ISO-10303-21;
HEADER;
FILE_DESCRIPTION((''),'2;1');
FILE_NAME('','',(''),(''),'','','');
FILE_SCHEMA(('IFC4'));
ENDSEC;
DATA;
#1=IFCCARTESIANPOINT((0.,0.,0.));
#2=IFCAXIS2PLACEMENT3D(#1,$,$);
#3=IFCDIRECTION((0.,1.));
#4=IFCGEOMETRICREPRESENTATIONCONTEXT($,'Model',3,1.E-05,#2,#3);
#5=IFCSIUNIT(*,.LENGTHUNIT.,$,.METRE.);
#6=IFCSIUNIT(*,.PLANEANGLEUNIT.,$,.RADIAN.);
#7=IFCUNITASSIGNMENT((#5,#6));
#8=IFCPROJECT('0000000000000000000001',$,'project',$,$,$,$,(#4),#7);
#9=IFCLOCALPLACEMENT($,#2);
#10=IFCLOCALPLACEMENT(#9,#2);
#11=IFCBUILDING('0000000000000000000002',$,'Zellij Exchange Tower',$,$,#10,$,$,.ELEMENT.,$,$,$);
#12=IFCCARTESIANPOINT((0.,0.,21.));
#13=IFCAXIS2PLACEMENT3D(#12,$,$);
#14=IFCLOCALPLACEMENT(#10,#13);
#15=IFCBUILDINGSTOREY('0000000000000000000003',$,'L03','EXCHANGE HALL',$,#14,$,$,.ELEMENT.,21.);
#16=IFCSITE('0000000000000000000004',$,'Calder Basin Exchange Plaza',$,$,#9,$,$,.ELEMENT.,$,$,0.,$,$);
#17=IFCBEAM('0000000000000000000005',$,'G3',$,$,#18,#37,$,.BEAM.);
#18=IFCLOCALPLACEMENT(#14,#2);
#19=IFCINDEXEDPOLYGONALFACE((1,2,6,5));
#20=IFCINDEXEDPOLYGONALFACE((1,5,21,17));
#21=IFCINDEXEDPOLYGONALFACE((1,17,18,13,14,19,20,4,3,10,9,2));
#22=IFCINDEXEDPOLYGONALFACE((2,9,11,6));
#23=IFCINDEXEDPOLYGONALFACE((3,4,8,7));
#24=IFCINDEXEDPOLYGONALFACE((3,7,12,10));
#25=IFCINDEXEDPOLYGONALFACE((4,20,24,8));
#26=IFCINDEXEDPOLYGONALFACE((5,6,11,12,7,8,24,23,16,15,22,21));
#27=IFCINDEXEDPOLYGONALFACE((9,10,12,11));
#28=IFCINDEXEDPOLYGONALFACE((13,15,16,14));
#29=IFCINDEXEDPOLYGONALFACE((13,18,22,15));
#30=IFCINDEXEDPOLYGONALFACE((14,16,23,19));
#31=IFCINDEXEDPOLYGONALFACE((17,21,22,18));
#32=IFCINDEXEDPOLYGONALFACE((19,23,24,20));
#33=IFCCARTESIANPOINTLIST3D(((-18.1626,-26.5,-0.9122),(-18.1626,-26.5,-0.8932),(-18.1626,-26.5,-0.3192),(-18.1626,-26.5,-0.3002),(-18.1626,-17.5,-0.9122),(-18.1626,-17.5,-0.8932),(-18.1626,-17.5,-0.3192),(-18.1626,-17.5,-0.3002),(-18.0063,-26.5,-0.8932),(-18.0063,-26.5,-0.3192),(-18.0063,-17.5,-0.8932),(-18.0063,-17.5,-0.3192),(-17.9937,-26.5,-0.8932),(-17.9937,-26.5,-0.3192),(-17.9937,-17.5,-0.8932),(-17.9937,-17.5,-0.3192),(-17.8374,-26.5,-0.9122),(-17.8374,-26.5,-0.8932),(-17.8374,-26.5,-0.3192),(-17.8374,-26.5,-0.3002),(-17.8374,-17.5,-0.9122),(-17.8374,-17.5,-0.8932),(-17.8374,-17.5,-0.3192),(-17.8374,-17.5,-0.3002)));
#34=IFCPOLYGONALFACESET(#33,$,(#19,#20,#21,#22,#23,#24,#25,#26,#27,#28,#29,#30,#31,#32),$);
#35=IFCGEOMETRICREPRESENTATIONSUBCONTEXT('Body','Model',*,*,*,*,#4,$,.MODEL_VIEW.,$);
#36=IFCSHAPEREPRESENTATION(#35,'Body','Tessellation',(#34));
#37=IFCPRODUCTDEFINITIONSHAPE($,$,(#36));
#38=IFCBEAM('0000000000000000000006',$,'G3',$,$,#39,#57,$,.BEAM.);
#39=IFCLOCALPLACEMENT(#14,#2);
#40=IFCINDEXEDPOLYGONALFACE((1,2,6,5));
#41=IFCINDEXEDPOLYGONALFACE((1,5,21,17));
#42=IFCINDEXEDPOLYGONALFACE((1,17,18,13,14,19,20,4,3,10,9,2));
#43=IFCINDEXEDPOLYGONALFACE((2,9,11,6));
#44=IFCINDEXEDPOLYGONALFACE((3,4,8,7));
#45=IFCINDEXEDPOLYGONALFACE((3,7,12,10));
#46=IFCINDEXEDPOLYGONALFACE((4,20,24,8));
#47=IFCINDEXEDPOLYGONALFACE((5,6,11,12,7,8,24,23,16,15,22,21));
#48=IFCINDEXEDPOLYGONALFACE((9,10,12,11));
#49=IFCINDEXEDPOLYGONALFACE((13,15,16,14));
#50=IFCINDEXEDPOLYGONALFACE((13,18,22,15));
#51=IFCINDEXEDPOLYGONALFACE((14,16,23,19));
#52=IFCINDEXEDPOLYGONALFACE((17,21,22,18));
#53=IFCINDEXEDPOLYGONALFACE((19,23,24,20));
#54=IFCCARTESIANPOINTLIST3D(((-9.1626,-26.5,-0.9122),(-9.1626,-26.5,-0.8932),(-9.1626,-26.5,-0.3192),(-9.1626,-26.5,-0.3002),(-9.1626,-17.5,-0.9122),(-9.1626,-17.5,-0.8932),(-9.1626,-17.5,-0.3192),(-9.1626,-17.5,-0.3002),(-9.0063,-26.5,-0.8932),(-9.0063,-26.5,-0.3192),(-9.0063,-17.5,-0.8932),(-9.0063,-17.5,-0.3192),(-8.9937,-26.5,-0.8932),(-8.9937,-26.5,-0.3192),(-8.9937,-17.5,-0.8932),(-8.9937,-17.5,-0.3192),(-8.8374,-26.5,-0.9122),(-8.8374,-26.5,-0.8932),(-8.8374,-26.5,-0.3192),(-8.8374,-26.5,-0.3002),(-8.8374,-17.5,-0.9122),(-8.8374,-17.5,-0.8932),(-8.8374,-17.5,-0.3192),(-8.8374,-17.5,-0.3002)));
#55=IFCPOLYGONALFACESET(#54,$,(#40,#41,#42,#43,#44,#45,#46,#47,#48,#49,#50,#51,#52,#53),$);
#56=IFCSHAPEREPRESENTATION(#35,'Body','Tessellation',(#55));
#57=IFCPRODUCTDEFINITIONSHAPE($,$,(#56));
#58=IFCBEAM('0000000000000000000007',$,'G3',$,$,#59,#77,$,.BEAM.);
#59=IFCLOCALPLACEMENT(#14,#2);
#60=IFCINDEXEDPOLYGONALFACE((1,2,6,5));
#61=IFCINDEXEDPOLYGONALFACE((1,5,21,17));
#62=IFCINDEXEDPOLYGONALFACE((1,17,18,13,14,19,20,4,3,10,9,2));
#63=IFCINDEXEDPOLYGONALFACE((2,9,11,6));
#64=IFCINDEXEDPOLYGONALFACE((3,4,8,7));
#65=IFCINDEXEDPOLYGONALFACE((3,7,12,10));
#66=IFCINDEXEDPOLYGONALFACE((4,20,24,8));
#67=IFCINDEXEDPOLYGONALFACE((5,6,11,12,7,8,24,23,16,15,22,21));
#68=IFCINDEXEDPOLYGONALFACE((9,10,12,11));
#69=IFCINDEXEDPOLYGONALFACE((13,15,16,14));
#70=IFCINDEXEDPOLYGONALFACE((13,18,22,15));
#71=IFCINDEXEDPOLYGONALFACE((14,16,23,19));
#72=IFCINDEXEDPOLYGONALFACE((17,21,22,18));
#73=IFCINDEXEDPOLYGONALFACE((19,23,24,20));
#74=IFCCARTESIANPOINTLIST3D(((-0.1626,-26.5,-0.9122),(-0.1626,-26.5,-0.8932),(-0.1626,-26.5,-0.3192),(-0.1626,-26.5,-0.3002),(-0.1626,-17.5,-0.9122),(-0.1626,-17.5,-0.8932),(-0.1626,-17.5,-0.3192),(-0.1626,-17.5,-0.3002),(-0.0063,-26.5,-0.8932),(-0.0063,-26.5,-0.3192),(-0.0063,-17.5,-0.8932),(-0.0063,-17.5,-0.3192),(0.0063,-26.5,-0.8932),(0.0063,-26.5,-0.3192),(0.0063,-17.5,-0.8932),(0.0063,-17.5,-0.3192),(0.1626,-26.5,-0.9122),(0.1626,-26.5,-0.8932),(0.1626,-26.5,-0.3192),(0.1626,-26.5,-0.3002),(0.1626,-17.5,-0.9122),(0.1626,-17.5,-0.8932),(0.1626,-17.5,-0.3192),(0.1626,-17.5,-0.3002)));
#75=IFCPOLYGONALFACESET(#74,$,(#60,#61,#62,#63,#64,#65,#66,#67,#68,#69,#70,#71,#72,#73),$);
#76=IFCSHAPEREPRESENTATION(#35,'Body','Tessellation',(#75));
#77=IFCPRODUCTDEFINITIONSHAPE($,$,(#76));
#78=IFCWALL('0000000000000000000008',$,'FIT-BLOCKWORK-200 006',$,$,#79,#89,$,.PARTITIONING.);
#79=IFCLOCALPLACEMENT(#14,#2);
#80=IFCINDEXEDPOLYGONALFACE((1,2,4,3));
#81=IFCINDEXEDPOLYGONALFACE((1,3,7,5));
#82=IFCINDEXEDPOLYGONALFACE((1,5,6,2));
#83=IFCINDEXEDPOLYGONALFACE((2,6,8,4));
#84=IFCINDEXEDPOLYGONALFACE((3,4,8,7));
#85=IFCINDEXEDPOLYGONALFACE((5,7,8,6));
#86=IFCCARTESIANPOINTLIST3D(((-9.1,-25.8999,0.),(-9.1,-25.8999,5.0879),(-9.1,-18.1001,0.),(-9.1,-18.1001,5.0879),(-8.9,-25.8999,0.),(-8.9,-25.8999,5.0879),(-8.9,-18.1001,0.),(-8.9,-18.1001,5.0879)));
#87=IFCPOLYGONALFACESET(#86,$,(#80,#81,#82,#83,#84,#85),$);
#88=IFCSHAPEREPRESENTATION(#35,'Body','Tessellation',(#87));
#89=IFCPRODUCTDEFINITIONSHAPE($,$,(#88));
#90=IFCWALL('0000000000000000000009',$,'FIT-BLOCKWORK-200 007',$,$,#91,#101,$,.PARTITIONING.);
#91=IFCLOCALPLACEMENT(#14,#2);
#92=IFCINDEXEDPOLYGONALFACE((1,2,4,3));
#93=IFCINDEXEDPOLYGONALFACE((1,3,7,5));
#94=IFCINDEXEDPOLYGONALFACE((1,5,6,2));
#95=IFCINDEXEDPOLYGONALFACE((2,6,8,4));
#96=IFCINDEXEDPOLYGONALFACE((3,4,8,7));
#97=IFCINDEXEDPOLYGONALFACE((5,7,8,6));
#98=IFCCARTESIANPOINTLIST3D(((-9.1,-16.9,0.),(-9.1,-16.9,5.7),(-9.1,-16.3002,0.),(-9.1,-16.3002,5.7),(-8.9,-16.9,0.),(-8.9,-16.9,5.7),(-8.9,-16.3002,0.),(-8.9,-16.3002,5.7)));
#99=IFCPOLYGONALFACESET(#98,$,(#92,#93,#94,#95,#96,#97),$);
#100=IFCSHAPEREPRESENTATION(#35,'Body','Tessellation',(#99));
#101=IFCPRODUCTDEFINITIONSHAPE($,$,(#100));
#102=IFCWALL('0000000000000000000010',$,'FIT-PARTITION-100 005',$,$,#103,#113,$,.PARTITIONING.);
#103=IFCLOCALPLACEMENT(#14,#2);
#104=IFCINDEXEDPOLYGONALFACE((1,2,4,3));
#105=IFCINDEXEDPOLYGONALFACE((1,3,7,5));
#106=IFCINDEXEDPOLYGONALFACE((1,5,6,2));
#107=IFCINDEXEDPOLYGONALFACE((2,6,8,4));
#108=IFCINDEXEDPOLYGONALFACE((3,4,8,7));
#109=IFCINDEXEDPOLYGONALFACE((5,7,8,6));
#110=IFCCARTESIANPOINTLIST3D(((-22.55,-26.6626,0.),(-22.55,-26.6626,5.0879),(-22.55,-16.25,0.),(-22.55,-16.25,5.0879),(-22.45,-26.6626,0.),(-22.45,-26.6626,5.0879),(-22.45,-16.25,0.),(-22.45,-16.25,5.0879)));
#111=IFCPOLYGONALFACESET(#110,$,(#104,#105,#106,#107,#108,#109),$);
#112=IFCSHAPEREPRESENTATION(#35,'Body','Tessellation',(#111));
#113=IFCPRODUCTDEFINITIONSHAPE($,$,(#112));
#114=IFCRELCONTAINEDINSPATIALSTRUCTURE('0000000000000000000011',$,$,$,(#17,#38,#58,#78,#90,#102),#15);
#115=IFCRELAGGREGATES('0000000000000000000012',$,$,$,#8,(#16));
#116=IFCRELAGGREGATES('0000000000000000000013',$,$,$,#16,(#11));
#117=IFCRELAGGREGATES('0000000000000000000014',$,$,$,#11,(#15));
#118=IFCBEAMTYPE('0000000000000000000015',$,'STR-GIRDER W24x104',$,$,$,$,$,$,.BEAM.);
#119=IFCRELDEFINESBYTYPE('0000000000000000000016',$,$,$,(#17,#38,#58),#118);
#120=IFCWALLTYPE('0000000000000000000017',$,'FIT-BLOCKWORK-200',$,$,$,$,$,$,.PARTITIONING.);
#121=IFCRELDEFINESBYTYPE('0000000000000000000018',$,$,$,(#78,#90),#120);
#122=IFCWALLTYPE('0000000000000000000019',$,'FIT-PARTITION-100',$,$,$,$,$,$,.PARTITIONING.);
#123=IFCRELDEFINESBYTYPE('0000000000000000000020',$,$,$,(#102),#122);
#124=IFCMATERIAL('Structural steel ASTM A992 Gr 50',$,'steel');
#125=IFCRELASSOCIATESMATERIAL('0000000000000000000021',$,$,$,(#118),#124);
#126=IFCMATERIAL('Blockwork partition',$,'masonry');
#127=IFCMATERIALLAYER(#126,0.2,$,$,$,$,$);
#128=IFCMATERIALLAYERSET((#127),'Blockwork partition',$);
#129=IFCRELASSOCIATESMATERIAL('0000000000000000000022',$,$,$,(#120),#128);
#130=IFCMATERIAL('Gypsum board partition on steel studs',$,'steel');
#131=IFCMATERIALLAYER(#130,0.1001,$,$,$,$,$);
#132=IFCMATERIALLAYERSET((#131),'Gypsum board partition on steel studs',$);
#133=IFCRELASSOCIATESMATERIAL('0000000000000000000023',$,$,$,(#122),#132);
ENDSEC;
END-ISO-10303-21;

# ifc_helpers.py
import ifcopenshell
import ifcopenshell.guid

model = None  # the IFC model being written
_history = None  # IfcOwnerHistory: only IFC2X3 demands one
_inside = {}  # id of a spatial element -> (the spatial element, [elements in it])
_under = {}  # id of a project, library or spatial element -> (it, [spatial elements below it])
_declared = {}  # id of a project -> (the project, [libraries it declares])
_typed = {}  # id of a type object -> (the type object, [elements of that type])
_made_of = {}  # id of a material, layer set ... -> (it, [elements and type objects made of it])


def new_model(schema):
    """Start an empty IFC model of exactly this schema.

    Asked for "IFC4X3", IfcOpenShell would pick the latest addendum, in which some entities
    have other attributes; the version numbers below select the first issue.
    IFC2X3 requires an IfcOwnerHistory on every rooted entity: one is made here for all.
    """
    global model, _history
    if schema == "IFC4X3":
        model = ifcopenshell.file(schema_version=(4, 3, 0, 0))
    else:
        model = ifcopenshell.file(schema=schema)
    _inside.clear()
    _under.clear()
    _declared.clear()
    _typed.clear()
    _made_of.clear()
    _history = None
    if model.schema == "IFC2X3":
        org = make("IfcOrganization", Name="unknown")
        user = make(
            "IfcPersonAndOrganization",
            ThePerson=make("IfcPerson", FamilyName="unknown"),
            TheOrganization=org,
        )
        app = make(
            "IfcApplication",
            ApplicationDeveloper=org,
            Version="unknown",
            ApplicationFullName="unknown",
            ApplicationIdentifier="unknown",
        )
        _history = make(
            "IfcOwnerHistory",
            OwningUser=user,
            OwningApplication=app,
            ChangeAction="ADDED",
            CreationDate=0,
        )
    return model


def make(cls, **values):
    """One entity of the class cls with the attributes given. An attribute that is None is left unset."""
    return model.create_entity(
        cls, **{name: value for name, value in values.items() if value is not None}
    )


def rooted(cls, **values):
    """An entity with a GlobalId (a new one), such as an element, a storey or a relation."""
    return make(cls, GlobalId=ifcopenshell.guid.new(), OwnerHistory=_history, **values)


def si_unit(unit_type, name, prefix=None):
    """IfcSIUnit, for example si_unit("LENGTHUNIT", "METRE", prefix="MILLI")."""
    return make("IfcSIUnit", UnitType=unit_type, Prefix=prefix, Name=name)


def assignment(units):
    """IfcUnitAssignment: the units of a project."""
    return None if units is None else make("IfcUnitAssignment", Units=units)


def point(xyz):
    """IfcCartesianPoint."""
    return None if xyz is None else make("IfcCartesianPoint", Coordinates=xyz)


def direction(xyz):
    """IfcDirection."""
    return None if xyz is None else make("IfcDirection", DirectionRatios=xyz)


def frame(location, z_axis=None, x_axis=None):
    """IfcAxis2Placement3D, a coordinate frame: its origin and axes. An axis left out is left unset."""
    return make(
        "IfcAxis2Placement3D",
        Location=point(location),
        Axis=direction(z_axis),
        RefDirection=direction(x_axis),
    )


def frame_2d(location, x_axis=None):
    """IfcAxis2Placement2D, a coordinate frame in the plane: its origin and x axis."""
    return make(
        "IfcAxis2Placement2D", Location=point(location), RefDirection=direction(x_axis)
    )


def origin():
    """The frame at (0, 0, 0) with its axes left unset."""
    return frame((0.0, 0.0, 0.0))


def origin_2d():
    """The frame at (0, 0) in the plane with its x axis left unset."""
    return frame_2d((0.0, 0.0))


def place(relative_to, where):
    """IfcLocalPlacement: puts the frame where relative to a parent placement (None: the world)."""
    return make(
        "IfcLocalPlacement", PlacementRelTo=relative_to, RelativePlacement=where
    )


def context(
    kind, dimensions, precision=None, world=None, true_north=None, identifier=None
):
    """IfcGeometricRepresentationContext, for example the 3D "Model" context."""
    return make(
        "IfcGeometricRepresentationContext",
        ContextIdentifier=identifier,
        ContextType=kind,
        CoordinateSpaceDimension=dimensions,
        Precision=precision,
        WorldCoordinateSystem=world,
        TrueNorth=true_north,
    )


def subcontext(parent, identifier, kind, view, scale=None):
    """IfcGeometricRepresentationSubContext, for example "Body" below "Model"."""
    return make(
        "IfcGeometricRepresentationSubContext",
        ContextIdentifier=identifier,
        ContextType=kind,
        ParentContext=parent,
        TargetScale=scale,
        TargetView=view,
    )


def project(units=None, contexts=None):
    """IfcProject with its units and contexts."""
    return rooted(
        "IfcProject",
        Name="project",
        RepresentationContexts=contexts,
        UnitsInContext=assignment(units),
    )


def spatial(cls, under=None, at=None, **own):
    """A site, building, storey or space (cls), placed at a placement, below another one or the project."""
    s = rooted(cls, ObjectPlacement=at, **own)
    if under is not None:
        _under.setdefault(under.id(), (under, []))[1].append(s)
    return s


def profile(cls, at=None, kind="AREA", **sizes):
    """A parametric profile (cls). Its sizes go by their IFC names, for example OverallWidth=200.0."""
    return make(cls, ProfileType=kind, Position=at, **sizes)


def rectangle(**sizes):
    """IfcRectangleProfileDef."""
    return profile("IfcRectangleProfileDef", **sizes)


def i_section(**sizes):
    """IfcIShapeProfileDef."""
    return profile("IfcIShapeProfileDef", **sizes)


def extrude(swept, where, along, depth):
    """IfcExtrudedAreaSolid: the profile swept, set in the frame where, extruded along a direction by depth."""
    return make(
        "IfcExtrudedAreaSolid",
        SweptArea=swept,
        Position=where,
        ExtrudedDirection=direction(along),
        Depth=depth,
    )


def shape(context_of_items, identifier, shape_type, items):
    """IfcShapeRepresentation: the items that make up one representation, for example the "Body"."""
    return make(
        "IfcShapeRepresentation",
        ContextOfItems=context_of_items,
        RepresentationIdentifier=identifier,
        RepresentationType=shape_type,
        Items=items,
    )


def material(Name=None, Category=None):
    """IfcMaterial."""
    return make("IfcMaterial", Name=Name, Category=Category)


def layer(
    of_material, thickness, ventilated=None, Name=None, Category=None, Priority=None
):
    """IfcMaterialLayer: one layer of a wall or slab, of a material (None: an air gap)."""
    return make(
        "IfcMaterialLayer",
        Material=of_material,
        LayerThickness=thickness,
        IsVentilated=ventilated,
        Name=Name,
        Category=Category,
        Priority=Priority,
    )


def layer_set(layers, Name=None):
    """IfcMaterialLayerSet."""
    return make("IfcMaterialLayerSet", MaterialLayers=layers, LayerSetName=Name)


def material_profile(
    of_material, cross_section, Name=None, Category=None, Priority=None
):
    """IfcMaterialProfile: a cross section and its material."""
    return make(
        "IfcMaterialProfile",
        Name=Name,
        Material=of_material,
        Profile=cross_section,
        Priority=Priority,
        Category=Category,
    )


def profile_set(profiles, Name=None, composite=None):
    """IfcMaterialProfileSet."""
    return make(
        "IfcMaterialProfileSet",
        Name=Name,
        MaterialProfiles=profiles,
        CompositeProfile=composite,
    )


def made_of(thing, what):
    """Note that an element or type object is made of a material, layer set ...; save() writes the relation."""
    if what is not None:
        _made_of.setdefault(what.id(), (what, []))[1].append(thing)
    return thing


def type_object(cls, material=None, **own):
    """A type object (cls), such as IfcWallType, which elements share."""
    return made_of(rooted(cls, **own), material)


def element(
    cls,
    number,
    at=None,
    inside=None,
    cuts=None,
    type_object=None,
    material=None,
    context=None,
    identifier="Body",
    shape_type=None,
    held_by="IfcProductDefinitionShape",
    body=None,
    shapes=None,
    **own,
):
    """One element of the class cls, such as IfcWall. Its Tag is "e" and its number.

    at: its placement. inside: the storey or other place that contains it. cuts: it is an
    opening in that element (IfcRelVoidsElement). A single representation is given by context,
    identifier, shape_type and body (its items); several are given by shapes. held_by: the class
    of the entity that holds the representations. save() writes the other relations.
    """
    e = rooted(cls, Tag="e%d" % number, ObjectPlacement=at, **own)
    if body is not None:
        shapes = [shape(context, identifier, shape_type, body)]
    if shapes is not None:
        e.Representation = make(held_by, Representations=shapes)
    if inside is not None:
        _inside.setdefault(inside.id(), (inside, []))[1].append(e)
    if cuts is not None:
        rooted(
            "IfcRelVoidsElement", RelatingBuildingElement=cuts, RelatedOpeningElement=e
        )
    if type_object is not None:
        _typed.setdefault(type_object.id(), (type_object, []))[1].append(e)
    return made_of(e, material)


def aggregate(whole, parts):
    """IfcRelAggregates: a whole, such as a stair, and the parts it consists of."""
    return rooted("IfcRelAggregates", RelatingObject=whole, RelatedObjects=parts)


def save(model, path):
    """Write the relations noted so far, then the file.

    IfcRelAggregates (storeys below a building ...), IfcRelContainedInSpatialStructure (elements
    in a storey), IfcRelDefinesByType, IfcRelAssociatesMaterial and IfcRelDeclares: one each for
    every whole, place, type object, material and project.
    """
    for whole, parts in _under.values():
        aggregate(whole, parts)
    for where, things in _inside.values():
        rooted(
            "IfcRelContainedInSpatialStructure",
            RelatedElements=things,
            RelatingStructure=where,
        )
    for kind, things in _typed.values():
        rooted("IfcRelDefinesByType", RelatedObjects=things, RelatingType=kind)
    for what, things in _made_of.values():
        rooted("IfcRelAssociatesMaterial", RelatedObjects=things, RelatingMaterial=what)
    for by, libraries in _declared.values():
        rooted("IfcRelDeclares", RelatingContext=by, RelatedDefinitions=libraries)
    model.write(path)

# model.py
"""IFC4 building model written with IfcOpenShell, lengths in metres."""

from ifc_helpers import new_model, si_unit, direction, frame, frame_2d, origin, origin_2d, place, context, subcontext, project, spatial, rectangle, i_section, extrude, material, layer, layer_set, material_profile, profile_set, type_object, element, save


model = new_model("IFC4")

# Units and contexts
model_context = context("Model", 3, precision=1e-05, world=origin(), true_north=direction((0.0, 1.0)))
body_context = subcontext(model_context, "Body", "Model", "MODEL_VIEW")
ifc_project = project(units=[si_unit("LENGTHUNIT", "METRE"), si_unit("PLANEANGLEUNIT", "RADIAN")], contexts=[model_context])

# Site, building, storey
site_placement = place(None, origin())
site = spatial("IfcSite", under=ifc_project, at=site_placement, Name="Calder Basin Exchange Plaza", CompositionType="ELEMENT", RefElevation=0.0)
building_placement = place(site_placement, origin())
building = spatial("IfcBuilding", under=site, at=building_placement, Name="Zellij Exchange Tower", CompositionType="ELEMENT")
storey_placement = place(building_placement, frame((0.0, 0.0, 21.0)))
storey = spatial("IfcBuildingStorey", under=building, at=storey_placement, Name="L03", Description="EXCHANGE HALL", CompositionType="ELEMENT", Elevation=21.0)

# Beams
ifc_material_1 = material(Name="Structural steel ASTM A992 Gr 50", Category="steel")
ifc_material_profile_1 = material_profile(ifc_material_1, i_section(OverallWidth=0.3252, OverallDepth=0.6121, WebThickness=0.0127, FlangeThickness=0.019, at=origin_2d()), Name="W24x104")
ifc_profile_set_1 = profile_set([ifc_material_profile_1], Name="Structural steel ASTM A992 Gr 50")
beam_type_1 = type_object("IfcBeamType", Name="STR-GIRDER W24x104", PredefinedType="BEAM", material=ifc_profile_set_1)
for number, where, z_axis, x_axis, name in (
    (1, (-18.0, -26.5, -0.6062), (0.0, 1.0, 0.0), (-1.0, 0.0, 0.0), "G3"),
    (2, (-9.0, -26.5, -0.6062), (0.0, 1.0, 0.0), (-1.0, 0.0, 0.0), "G3"),
    (3, (0.0, -26.5, -0.6062), (0.0, 1.0, 0.0), (-1.0, 0.0, 0.0), "G3"),
):
    element("IfcBeam", number, at=place(storey_placement, frame(where, z_axis=z_axis, x_axis=x_axis)), inside=storey, type_object=beam_type_1, Name=name, PredefinedType="BEAM", context=body_context, shape_type="SweptSolid", body=[
        extrude(i_section(OverallWidth=0.3252, OverallDepth=0.6121, WebThickness=0.0127, FlangeThickness=0.019, at=origin_2d()), origin(), (0.0, 0.0, 1.0), 9.0),
    ])

# Walls
ifc_material_2 = material(Name="Blockwork partition", Category="masonry")
ifc_layer_1 = layer(ifc_material_2, 0.2)
ifc_layer_set_1 = layer_set([ifc_layer_1], Name="Blockwork partition")
wall_type_1 = type_object("IfcWallType", Name="FIT-BLOCKWORK-200", PredefinedType="PARTITIONING", material=ifc_layer_set_1)
wall_1_placement = place(storey_placement, frame((-9.0, -25.8999, 0.0), z_axis=(0.0, 0.0, 1.0), x_axis=(0.0, 1.0, 0.0)))
element("IfcWall", 4, at=wall_1_placement, inside=storey, type_object=wall_type_1, Name="FIT-BLOCKWORK-200 006", PredefinedType="PARTITIONING", context=body_context, shape_type="SweptSolid", body=[
    extrude(rectangle(XDim=7.7998, YDim=0.2, at=frame_2d((3.8999, 0.0))), origin(), (0.0, 0.0, 1.0), 5.0879),
])
wall_2_placement = place(storey_placement, frame((-9.0, -16.8999, 0.0), z_axis=(0.0, 0.0, 1.0), x_axis=(0.0, 1.0, 0.0)))
element("IfcWall", 5, at=wall_2_placement, inside=storey, type_object=wall_type_1, Name="FIT-BLOCKWORK-200 007", PredefinedType="PARTITIONING", context=body_context, shape_type="SweptSolid", body=[
    extrude(rectangle(XDim=0.5999, YDim=0.2, at=frame_2d((0.2998, 0.0))), origin(), (0.0, 0.0, 1.0), 5.7),
])
ifc_material_3 = material(Name="Gypsum board partition on steel studs", Category="steel")
ifc_layer_2 = layer(ifc_material_3, 0.1001)
ifc_layer_set_2 = layer_set([ifc_layer_2], Name="Gypsum board partition on steel studs")
wall_type_2 = type_object("IfcWallType", Name="FIT-PARTITION-100", PredefinedType="PARTITIONING", material=ifc_layer_set_2)
wall_3_placement = place(storey_placement, frame((-22.5, -26.6626, 0.0), z_axis=(0.0, 0.0, 1.0), x_axis=(0.0, 1.0, 0.0)))
element("IfcWall", 6, at=wall_3_placement, inside=storey, type_object=wall_type_2, Name="FIT-PARTITION-100 005", PredefinedType="PARTITIONING", context=body_context, shape_type="SweptSolid", body=[
    extrude(rectangle(XDim=10.4126, YDim=0.1001, at=frame_2d((5.2063, 0.0))), origin(), (0.0, 0.0, 1.0), 5.0879),
])

save(model, "model.ifc")
